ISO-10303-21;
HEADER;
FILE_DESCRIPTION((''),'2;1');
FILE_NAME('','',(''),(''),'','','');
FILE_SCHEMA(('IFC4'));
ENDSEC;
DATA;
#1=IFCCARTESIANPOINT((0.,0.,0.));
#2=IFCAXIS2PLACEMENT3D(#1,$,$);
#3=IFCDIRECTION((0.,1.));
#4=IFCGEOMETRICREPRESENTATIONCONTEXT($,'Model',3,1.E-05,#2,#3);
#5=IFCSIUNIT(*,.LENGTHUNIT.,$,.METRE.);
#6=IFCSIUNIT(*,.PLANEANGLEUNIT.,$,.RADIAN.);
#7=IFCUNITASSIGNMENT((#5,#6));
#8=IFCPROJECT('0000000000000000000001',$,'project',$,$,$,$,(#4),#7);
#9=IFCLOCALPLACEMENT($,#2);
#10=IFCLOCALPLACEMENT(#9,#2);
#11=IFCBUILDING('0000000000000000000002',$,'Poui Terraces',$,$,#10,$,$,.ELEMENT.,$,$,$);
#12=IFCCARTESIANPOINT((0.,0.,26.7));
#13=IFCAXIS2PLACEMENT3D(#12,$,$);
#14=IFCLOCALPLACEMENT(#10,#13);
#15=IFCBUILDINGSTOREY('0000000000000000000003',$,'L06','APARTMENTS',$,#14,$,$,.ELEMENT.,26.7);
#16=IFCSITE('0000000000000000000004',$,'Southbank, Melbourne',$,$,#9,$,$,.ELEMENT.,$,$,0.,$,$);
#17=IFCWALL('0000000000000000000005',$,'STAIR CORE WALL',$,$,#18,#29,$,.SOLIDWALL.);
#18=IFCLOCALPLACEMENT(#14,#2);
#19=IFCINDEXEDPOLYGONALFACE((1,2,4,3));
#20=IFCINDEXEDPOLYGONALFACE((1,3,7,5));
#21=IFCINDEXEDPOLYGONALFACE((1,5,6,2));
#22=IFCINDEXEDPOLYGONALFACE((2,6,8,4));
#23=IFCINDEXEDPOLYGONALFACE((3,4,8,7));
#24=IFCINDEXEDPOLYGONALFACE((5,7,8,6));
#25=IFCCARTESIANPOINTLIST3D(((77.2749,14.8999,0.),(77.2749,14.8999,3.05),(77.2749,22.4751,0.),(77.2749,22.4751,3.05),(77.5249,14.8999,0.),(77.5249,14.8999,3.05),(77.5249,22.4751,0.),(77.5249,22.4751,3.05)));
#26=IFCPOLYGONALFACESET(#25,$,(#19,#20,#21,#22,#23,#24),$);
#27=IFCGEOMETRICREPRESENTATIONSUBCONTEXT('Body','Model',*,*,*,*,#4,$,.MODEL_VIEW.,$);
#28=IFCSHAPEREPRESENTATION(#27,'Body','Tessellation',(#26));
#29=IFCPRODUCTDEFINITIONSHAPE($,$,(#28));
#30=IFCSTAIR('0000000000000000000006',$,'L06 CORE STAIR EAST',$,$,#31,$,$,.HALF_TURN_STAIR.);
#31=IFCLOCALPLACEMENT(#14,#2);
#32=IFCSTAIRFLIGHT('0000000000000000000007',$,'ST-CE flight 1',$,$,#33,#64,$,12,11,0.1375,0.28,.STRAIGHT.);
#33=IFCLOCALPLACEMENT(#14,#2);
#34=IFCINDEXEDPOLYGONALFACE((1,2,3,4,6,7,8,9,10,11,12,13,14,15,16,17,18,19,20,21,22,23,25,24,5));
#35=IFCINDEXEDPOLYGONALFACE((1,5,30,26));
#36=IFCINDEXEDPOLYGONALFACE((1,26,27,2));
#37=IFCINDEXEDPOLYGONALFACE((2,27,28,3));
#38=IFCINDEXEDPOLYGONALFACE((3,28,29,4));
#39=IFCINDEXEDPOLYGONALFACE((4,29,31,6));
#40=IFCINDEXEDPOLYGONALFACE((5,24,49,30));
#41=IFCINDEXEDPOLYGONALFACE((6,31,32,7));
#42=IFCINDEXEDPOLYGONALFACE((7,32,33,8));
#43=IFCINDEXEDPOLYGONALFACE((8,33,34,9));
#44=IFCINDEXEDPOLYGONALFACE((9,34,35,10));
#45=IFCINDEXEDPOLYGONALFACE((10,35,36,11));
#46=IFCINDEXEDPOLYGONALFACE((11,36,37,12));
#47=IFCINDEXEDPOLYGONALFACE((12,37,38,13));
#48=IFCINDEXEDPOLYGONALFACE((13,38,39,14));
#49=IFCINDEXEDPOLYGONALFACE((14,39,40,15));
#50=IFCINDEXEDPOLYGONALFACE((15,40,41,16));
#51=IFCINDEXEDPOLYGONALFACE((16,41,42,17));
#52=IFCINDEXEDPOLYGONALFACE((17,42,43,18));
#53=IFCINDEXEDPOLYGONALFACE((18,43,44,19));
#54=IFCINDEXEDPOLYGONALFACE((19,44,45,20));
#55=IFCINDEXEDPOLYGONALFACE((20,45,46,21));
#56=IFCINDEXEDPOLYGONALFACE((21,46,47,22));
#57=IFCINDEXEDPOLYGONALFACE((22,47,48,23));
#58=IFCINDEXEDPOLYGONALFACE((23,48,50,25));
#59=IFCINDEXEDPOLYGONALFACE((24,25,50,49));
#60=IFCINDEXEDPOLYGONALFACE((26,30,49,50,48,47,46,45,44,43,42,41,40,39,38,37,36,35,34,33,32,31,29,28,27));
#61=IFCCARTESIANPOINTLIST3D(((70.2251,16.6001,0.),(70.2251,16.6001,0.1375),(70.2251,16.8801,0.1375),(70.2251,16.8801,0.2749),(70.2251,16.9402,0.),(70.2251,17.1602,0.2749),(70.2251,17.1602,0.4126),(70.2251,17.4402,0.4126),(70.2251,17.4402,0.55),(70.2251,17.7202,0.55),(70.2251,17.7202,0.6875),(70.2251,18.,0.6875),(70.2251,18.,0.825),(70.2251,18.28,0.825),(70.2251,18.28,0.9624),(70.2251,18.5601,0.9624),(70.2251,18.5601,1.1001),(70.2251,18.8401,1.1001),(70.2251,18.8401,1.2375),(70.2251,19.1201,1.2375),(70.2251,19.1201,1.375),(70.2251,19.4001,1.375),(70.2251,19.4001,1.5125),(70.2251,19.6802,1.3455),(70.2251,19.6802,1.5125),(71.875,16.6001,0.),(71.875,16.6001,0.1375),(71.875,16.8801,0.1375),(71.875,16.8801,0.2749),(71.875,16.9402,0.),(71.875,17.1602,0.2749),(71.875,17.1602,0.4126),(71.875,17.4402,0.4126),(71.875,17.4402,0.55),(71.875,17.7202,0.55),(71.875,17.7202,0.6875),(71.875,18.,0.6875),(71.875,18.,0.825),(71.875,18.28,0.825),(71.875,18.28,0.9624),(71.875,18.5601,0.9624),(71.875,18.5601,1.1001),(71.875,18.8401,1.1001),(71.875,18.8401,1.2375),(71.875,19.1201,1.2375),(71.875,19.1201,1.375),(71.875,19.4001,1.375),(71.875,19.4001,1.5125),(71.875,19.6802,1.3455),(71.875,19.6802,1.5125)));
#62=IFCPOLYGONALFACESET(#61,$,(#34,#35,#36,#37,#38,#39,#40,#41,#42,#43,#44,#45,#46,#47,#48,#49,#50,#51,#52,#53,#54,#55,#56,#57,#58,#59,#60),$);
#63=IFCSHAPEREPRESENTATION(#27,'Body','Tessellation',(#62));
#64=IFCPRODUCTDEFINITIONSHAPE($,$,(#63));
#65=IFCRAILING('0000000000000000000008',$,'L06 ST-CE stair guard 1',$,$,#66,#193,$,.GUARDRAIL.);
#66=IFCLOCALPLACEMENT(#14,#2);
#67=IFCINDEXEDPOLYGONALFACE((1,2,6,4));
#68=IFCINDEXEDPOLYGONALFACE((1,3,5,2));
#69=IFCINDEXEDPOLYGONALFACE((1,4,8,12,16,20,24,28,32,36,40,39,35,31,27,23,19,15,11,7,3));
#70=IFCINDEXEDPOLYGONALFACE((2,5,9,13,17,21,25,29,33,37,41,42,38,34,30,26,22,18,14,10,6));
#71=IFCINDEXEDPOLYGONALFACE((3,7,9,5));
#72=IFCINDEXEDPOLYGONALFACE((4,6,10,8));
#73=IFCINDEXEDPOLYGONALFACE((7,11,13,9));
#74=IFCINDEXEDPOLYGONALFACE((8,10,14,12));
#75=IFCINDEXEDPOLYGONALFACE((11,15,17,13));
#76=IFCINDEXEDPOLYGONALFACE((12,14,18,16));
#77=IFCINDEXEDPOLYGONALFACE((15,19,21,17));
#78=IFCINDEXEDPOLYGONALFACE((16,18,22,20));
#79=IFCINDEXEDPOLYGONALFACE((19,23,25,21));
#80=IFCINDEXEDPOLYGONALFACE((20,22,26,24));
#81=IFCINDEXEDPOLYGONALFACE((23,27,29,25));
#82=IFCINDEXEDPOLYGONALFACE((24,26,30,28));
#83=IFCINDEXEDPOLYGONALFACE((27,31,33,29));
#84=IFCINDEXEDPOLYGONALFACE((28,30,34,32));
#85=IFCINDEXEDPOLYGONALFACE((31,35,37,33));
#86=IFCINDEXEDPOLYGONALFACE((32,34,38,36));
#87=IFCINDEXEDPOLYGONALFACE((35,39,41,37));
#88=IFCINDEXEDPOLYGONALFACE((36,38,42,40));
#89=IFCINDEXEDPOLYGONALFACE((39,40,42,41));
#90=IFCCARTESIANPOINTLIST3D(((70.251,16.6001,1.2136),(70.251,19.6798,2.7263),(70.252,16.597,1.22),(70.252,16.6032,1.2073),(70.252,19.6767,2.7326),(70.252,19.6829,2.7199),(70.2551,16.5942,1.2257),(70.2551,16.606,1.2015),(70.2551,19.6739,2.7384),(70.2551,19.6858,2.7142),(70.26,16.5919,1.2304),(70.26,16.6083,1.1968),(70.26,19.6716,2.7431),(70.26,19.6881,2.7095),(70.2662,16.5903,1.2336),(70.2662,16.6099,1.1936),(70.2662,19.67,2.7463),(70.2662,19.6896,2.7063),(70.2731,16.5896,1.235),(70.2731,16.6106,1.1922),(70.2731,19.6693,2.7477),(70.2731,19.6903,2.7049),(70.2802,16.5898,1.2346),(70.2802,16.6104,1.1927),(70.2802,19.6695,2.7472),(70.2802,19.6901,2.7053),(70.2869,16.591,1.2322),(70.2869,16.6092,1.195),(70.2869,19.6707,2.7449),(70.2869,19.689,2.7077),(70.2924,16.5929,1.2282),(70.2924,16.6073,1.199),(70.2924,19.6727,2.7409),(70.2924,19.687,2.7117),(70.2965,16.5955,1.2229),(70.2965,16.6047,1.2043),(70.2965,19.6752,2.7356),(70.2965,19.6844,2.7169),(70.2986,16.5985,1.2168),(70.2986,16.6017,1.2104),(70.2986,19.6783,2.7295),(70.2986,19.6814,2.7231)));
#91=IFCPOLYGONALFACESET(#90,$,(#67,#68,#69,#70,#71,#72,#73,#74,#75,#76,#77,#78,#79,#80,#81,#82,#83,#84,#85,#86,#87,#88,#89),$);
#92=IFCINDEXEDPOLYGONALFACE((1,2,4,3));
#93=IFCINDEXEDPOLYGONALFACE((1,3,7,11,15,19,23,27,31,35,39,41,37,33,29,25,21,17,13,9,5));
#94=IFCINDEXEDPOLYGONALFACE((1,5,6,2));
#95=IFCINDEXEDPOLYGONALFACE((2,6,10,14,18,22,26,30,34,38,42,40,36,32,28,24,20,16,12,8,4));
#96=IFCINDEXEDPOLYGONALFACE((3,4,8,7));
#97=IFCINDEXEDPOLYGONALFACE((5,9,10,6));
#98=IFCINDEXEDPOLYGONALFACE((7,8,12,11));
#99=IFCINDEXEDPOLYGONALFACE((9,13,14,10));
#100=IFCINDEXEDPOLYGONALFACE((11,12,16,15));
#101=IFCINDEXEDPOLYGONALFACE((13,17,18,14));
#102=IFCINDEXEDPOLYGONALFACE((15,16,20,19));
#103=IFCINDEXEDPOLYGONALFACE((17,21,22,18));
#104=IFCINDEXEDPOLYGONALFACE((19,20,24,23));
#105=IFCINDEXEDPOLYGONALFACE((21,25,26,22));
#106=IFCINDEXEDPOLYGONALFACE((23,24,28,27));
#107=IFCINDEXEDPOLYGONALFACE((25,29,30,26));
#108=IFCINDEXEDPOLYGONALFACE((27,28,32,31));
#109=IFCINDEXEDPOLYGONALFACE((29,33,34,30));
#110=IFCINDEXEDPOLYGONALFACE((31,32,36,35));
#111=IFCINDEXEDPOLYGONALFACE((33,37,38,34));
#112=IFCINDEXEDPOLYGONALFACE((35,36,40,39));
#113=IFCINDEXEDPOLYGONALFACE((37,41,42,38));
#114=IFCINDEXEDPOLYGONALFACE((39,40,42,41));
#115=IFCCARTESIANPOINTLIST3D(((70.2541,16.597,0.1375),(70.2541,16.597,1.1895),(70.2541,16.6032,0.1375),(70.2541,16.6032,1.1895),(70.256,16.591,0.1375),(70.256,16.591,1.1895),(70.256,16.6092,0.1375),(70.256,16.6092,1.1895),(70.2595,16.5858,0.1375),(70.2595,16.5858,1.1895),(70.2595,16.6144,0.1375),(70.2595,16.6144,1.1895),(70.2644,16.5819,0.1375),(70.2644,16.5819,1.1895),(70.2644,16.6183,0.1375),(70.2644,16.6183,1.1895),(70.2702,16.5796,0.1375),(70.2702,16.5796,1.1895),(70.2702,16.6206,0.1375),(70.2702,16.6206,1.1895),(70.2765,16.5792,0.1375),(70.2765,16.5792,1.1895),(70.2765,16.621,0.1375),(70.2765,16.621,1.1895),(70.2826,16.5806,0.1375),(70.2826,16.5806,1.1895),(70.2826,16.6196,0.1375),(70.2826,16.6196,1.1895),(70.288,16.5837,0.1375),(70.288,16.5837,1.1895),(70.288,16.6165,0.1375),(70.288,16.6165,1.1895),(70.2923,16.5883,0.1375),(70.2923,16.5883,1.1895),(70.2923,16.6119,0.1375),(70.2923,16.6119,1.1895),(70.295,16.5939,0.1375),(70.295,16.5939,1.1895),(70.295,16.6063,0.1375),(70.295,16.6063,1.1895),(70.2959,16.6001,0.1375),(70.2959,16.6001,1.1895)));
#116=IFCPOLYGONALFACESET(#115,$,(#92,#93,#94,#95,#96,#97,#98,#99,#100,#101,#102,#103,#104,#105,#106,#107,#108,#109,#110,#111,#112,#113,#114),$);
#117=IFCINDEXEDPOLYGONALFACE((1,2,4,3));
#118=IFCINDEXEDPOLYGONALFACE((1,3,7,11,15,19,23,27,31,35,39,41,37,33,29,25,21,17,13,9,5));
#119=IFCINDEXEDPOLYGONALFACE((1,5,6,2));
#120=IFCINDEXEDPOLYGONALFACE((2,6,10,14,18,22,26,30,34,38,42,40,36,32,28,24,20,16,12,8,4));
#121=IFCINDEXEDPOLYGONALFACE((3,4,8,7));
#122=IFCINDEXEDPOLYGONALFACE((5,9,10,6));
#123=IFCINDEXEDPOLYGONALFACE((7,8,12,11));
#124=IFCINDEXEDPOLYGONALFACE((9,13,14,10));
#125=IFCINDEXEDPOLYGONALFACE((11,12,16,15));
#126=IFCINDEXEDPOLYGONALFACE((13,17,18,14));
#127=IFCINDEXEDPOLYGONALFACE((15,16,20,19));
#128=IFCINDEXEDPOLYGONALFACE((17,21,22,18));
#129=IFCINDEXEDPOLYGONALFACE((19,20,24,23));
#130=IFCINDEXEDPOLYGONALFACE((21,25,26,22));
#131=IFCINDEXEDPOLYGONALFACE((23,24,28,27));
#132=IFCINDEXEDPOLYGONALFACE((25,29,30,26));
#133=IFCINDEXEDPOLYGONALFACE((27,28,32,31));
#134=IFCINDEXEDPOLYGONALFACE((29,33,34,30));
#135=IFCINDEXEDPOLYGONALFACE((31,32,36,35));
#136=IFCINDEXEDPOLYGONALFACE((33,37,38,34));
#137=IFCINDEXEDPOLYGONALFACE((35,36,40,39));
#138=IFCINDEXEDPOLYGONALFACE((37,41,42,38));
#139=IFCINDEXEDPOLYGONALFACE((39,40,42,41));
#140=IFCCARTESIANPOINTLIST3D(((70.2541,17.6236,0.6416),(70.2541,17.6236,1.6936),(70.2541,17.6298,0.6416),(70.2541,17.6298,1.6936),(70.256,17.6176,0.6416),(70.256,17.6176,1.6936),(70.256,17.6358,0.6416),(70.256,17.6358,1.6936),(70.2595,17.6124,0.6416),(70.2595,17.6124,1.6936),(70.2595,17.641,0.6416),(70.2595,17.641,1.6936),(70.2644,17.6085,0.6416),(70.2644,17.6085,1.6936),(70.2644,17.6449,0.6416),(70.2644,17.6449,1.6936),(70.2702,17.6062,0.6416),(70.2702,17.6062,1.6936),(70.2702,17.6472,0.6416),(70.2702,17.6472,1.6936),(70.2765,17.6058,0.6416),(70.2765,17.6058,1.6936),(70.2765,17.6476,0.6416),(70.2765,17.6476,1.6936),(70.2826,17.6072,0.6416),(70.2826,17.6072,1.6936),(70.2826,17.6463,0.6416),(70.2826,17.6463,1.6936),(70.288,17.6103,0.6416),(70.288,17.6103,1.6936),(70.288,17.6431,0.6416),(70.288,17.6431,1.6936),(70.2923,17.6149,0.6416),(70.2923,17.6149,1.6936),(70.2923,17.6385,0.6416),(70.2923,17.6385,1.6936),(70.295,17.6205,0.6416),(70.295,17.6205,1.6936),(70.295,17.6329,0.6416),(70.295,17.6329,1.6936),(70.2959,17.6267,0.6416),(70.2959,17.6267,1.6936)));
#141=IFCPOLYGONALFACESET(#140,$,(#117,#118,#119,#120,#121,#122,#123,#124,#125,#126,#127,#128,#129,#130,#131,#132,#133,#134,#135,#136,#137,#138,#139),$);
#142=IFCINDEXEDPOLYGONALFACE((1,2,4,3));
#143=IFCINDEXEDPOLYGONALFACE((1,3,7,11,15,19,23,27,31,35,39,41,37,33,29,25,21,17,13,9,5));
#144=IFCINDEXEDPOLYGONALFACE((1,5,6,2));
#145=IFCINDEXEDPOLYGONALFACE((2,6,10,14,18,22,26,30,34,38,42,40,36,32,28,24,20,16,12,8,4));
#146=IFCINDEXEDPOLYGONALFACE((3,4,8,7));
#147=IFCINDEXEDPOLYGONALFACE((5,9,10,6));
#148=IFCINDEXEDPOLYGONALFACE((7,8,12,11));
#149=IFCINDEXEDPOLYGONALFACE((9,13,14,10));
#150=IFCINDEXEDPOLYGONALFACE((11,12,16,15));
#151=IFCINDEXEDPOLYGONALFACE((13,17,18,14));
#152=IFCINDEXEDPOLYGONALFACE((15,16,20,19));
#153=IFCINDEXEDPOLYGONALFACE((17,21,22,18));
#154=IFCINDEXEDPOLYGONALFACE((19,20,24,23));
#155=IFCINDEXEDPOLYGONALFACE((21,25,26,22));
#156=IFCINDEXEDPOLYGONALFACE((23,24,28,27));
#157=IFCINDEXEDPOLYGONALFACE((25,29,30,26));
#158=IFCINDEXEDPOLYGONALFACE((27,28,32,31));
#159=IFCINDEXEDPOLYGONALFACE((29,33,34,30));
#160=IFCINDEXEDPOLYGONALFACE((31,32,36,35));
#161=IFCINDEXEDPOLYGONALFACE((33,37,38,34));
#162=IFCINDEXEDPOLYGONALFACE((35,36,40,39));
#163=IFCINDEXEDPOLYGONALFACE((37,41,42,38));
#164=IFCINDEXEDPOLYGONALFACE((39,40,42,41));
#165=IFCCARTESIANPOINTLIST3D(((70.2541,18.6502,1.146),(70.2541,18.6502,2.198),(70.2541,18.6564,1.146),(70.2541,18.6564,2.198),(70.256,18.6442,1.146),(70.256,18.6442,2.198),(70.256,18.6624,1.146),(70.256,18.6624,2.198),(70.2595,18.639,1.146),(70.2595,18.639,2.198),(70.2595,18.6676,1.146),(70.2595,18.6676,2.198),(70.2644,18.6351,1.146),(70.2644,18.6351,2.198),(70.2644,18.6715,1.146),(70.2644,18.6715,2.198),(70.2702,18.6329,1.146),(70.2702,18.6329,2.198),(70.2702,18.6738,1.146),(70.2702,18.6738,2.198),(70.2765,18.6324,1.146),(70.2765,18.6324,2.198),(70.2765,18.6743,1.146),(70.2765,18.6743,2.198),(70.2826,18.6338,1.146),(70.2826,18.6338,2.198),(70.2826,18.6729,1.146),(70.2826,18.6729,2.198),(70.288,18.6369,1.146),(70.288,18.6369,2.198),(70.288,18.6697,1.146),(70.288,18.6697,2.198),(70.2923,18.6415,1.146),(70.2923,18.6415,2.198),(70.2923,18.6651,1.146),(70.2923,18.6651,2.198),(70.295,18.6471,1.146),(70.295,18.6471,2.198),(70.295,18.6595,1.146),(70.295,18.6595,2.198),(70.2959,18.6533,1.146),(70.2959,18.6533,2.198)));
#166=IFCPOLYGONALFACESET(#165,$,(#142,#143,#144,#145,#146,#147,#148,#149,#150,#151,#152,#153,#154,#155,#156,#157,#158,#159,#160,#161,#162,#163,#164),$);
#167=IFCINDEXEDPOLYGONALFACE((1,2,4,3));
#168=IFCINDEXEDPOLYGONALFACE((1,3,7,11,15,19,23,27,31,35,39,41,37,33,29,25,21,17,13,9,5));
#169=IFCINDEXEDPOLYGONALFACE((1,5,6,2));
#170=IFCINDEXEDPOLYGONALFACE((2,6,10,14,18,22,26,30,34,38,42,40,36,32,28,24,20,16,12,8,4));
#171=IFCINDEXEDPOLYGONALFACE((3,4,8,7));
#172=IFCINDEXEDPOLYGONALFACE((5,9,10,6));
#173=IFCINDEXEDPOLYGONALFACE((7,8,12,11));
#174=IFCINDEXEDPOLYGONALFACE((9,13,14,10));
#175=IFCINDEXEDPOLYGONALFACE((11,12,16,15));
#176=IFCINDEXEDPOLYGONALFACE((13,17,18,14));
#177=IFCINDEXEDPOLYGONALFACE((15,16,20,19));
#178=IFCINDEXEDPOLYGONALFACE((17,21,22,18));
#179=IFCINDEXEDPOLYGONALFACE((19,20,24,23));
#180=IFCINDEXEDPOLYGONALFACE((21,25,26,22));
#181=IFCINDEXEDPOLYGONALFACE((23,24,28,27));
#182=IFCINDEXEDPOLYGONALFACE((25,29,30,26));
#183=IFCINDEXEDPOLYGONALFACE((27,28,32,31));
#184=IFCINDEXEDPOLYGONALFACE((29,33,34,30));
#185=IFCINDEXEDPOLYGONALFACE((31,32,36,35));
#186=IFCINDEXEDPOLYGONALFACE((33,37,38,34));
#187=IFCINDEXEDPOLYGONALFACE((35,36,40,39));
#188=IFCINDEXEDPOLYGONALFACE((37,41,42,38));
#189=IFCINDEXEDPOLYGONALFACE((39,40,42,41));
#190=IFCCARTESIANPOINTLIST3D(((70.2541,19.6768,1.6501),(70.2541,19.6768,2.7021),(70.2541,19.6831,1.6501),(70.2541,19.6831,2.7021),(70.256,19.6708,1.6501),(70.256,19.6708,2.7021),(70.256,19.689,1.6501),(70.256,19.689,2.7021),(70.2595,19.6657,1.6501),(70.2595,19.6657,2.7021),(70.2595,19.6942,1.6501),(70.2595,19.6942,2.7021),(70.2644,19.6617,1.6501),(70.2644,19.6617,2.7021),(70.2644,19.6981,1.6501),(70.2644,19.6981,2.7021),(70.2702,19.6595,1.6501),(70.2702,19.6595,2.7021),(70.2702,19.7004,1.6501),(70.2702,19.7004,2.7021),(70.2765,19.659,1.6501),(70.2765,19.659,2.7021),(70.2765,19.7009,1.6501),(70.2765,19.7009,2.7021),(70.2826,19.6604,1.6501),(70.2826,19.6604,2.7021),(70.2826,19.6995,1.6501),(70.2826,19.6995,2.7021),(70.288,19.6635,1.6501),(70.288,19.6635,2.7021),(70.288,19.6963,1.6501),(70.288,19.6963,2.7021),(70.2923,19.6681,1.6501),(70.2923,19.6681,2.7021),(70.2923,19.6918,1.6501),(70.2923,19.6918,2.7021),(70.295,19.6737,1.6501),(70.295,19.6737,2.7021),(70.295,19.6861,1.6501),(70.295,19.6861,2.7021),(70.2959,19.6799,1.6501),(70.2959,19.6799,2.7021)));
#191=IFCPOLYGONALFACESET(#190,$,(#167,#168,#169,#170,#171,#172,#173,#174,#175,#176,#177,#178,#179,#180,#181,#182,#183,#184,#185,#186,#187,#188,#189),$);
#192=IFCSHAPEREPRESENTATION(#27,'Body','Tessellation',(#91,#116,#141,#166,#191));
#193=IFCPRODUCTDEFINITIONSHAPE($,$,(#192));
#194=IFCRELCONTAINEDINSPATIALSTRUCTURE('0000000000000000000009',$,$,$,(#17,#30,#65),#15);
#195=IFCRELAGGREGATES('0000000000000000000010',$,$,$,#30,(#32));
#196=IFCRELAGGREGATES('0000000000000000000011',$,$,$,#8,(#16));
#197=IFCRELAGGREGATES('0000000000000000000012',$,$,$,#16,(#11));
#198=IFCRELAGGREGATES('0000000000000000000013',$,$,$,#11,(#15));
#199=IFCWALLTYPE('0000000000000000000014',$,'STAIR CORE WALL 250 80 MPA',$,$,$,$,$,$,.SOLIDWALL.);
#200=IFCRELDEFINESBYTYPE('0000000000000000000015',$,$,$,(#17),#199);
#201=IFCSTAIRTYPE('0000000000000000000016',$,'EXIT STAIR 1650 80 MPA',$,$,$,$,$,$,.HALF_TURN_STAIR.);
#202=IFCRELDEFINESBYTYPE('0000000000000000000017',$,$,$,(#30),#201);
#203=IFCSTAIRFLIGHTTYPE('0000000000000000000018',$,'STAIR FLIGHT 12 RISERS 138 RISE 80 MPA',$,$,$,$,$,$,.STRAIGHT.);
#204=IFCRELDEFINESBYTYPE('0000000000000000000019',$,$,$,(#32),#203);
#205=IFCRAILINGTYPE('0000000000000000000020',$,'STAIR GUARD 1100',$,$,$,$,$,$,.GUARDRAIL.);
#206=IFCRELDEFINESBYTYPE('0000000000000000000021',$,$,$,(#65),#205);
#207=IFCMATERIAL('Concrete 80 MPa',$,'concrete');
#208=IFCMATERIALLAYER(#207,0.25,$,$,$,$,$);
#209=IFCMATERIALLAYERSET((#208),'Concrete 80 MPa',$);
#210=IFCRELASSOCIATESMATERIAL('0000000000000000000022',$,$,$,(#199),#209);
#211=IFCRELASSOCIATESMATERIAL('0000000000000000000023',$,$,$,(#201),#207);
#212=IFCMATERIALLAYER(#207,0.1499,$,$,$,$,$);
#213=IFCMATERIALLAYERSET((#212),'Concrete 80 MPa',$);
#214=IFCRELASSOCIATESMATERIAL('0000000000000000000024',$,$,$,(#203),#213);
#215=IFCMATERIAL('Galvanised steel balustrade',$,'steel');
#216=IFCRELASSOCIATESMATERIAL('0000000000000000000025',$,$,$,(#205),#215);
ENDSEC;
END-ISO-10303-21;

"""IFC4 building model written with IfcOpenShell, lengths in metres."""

from ifc_helpers import new_model, si_unit, direction, frame, frame_2d, origin, origin_2d, place, context, subcontext, project, spatial, polyline, rectangle, circle, outline, extrude, material, layer, layer_set, type_object, element, aggregate, save


model = new_model("IFC4")

# Units and contexts
model_context = context("Model", 3, precision=1e-05, world=origin(), true_north=direction((0.0, 1.0)))
body_context = subcontext(model_context, "Body", "Model", "MODEL_VIEW")
ifc_project = project(units=[si_unit("LENGTHUNIT", "METRE"), si_unit("PLANEANGLEUNIT", "RADIAN")], contexts=[model_context])

# Site, building, storey
site_placement = place(None, origin())
site = spatial("IfcSite", under=ifc_project, at=site_placement, Name="Southbank, Melbourne", CompositionType="ELEMENT", RefElevation=0.0)
building_placement = place(site_placement, origin())
building = spatial("IfcBuilding", under=site, at=building_placement, Name="Poui Terraces", CompositionType="ELEMENT")
storey_placement = place(building_placement, frame((0.0, 0.0, 26.7)))
storey = spatial("IfcBuildingStorey", under=building, at=storey_placement, Name="L06", Description="APARTMENTS", CompositionType="ELEMENT", Elevation=26.7)

# Shared definitions
ifc_material_1 = material(Name="Concrete 80 MPa", Category="concrete")

# Wall
ifc_layer_1 = layer(ifc_material_1, 0.25)
ifc_layer_set_1 = layer_set([ifc_layer_1], Name="Concrete 80 MPa")
wall_type_1 = type_object("IfcWallType", Name="STAIR CORE WALL 250 80 MPA", PredefinedType="SOLIDWALL", material=ifc_layer_set_1)
for number, where, z_axis, x_axis, name in (
    (1, (77.3999, 14.8999, 0.0), (0.0, 0.0, 1.0), (0.0, 1.0, 0.0), "STAIR CORE WALL"),
):
    element("IfcWall", number, at=place(storey_placement, frame(where, z_axis=z_axis, x_axis=x_axis)), inside=storey, type_object=wall_type_1, Name=name, PredefinedType="SOLIDWALL", context=body_context, shape_type="SweptSolid", body=[
        extrude(rectangle(XDim=7.5752, YDim=0.25, at=frame_2d((3.7876, 0.0))), origin(), (0.0, 0.0, 1.0), 3.05),
    ])

# Stair, stair flight
stair_type = type_object("IfcStairType", Name="EXIT STAIR 1650 80 MPA", PredefinedType="HALF_TURN_STAIR", material=ifc_material_1)
stair_placement = place(storey_placement, origin())
stair = element("IfcStair", 2, at=stair_placement, inside=storey, type_object=stair_type, Name="L06 CORE STAIR EAST", PredefinedType="HALF_TURN_STAIR")
ifc_layer_2 = layer(ifc_material_1, 0.1499)
ifc_layer_set_2 = layer_set([ifc_layer_2], Name="Concrete 80 MPa")
stair_flight_type = type_object("IfcStairFlightType", Name="STAIR FLIGHT 12 RISERS 138 RISE 80 MPA", PredefinedType="STRAIGHT", material=ifc_layer_set_2)
stair_flight_placement = place(storey_placement, frame((71.05, 16.6001, 0.0), z_axis=(0.0, 0.0, 1.0), x_axis=(0.0, 1.0, 0.0)))
stair_flight = element("IfcStairFlight", 3, at=stair_flight_placement, type_object=stair_flight_type, Name="ST-CE flight 1", NumberOfRisers=12, NumberOfTreads=11, PredefinedType="STRAIGHT", RiserHeight=0.1375, TreadLength=0.28, context=body_context, shape_type="SweptSolid", body=[
    extrude(outline(polyline([(0.0, 0.0), (0.0, 0.1375), (0.28, 0.1375), (0.28, 0.2749), (0.5601, 0.2749), (0.5601, 0.4126), (0.8401, 0.4126), (0.8401, 0.55), (1.1201, 0.55), (1.1201, 0.6875), (1.3999, 0.6875), (1.3999, 0.825), (1.6799, 0.825), (1.6799, 0.9624), (1.96, 0.9624), (1.96, 1.1001), (2.24, 1.1001), (2.24, 1.2375), (2.52, 1.2375), (2.52, 1.375), (2.8, 1.375), (2.8, 1.5125), (3.0801, 1.5125), (3.0801, 1.6499), (3.0801, 1.3455), (0.3401, 0.0), (0.0, 0.0)])), frame((0.0, 0.825, 0.0), z_axis=(0.0, -1.0, 0.0), x_axis=(1.0, 0.0, 0.0)), (0.0, 0.0, 1.0), 1.6499),
])
aggregate(stair, [stair_flight])

# Railing
ifc_material_2 = material(Name="Galvanised steel balustrade", Category="steel")
railing_type_1 = type_object("IfcRailingType", Name="STAIR GUARD 1100", PredefinedType="GUARDRAIL", material=ifc_material_2)
railing_1_placement = place(storey_placement, frame((70.2749, 16.6001, 0.1375)))
element("IfcRailing", 4, at=railing_1_placement, inside=storey, type_object=railing_type_1, Name="L06 ST-CE stair guard 1", PredefinedType="GUARDRAIL", context=body_context, shape_type="SweptSolid", body=[
    extrude(circle(Radius=0.0239, at=origin_2d()), frame((0.0, 0.0, 1.0762), z_axis=(0.0, 0.897578, 0.440856), x_axis=(-1.0, 0.0, 0.0)), (0.0, 0.0, 1.0), 3.4312),
    extrude(circle(Radius=0.021, at=origin_2d()), origin(), (0.0, 0.0, 1.0), 1.052),
    extrude(circle(Radius=0.021, at=origin_2d()), frame((0.0, 1.0266, 0.5042)), (0.0, 0.0, 1.0), 1.052),
    extrude(circle(Radius=0.021, at=origin_2d()), frame((0.0, 2.0532, 1.0085)), (0.0, 0.0, 1.0), 1.052),
    extrude(circle(Radius=0.021, at=origin_2d()), frame((0.0, 3.0798, 1.5127)), (0.0, 0.0, 1.0), 1.052),
])

save(model, "model.ifc")
